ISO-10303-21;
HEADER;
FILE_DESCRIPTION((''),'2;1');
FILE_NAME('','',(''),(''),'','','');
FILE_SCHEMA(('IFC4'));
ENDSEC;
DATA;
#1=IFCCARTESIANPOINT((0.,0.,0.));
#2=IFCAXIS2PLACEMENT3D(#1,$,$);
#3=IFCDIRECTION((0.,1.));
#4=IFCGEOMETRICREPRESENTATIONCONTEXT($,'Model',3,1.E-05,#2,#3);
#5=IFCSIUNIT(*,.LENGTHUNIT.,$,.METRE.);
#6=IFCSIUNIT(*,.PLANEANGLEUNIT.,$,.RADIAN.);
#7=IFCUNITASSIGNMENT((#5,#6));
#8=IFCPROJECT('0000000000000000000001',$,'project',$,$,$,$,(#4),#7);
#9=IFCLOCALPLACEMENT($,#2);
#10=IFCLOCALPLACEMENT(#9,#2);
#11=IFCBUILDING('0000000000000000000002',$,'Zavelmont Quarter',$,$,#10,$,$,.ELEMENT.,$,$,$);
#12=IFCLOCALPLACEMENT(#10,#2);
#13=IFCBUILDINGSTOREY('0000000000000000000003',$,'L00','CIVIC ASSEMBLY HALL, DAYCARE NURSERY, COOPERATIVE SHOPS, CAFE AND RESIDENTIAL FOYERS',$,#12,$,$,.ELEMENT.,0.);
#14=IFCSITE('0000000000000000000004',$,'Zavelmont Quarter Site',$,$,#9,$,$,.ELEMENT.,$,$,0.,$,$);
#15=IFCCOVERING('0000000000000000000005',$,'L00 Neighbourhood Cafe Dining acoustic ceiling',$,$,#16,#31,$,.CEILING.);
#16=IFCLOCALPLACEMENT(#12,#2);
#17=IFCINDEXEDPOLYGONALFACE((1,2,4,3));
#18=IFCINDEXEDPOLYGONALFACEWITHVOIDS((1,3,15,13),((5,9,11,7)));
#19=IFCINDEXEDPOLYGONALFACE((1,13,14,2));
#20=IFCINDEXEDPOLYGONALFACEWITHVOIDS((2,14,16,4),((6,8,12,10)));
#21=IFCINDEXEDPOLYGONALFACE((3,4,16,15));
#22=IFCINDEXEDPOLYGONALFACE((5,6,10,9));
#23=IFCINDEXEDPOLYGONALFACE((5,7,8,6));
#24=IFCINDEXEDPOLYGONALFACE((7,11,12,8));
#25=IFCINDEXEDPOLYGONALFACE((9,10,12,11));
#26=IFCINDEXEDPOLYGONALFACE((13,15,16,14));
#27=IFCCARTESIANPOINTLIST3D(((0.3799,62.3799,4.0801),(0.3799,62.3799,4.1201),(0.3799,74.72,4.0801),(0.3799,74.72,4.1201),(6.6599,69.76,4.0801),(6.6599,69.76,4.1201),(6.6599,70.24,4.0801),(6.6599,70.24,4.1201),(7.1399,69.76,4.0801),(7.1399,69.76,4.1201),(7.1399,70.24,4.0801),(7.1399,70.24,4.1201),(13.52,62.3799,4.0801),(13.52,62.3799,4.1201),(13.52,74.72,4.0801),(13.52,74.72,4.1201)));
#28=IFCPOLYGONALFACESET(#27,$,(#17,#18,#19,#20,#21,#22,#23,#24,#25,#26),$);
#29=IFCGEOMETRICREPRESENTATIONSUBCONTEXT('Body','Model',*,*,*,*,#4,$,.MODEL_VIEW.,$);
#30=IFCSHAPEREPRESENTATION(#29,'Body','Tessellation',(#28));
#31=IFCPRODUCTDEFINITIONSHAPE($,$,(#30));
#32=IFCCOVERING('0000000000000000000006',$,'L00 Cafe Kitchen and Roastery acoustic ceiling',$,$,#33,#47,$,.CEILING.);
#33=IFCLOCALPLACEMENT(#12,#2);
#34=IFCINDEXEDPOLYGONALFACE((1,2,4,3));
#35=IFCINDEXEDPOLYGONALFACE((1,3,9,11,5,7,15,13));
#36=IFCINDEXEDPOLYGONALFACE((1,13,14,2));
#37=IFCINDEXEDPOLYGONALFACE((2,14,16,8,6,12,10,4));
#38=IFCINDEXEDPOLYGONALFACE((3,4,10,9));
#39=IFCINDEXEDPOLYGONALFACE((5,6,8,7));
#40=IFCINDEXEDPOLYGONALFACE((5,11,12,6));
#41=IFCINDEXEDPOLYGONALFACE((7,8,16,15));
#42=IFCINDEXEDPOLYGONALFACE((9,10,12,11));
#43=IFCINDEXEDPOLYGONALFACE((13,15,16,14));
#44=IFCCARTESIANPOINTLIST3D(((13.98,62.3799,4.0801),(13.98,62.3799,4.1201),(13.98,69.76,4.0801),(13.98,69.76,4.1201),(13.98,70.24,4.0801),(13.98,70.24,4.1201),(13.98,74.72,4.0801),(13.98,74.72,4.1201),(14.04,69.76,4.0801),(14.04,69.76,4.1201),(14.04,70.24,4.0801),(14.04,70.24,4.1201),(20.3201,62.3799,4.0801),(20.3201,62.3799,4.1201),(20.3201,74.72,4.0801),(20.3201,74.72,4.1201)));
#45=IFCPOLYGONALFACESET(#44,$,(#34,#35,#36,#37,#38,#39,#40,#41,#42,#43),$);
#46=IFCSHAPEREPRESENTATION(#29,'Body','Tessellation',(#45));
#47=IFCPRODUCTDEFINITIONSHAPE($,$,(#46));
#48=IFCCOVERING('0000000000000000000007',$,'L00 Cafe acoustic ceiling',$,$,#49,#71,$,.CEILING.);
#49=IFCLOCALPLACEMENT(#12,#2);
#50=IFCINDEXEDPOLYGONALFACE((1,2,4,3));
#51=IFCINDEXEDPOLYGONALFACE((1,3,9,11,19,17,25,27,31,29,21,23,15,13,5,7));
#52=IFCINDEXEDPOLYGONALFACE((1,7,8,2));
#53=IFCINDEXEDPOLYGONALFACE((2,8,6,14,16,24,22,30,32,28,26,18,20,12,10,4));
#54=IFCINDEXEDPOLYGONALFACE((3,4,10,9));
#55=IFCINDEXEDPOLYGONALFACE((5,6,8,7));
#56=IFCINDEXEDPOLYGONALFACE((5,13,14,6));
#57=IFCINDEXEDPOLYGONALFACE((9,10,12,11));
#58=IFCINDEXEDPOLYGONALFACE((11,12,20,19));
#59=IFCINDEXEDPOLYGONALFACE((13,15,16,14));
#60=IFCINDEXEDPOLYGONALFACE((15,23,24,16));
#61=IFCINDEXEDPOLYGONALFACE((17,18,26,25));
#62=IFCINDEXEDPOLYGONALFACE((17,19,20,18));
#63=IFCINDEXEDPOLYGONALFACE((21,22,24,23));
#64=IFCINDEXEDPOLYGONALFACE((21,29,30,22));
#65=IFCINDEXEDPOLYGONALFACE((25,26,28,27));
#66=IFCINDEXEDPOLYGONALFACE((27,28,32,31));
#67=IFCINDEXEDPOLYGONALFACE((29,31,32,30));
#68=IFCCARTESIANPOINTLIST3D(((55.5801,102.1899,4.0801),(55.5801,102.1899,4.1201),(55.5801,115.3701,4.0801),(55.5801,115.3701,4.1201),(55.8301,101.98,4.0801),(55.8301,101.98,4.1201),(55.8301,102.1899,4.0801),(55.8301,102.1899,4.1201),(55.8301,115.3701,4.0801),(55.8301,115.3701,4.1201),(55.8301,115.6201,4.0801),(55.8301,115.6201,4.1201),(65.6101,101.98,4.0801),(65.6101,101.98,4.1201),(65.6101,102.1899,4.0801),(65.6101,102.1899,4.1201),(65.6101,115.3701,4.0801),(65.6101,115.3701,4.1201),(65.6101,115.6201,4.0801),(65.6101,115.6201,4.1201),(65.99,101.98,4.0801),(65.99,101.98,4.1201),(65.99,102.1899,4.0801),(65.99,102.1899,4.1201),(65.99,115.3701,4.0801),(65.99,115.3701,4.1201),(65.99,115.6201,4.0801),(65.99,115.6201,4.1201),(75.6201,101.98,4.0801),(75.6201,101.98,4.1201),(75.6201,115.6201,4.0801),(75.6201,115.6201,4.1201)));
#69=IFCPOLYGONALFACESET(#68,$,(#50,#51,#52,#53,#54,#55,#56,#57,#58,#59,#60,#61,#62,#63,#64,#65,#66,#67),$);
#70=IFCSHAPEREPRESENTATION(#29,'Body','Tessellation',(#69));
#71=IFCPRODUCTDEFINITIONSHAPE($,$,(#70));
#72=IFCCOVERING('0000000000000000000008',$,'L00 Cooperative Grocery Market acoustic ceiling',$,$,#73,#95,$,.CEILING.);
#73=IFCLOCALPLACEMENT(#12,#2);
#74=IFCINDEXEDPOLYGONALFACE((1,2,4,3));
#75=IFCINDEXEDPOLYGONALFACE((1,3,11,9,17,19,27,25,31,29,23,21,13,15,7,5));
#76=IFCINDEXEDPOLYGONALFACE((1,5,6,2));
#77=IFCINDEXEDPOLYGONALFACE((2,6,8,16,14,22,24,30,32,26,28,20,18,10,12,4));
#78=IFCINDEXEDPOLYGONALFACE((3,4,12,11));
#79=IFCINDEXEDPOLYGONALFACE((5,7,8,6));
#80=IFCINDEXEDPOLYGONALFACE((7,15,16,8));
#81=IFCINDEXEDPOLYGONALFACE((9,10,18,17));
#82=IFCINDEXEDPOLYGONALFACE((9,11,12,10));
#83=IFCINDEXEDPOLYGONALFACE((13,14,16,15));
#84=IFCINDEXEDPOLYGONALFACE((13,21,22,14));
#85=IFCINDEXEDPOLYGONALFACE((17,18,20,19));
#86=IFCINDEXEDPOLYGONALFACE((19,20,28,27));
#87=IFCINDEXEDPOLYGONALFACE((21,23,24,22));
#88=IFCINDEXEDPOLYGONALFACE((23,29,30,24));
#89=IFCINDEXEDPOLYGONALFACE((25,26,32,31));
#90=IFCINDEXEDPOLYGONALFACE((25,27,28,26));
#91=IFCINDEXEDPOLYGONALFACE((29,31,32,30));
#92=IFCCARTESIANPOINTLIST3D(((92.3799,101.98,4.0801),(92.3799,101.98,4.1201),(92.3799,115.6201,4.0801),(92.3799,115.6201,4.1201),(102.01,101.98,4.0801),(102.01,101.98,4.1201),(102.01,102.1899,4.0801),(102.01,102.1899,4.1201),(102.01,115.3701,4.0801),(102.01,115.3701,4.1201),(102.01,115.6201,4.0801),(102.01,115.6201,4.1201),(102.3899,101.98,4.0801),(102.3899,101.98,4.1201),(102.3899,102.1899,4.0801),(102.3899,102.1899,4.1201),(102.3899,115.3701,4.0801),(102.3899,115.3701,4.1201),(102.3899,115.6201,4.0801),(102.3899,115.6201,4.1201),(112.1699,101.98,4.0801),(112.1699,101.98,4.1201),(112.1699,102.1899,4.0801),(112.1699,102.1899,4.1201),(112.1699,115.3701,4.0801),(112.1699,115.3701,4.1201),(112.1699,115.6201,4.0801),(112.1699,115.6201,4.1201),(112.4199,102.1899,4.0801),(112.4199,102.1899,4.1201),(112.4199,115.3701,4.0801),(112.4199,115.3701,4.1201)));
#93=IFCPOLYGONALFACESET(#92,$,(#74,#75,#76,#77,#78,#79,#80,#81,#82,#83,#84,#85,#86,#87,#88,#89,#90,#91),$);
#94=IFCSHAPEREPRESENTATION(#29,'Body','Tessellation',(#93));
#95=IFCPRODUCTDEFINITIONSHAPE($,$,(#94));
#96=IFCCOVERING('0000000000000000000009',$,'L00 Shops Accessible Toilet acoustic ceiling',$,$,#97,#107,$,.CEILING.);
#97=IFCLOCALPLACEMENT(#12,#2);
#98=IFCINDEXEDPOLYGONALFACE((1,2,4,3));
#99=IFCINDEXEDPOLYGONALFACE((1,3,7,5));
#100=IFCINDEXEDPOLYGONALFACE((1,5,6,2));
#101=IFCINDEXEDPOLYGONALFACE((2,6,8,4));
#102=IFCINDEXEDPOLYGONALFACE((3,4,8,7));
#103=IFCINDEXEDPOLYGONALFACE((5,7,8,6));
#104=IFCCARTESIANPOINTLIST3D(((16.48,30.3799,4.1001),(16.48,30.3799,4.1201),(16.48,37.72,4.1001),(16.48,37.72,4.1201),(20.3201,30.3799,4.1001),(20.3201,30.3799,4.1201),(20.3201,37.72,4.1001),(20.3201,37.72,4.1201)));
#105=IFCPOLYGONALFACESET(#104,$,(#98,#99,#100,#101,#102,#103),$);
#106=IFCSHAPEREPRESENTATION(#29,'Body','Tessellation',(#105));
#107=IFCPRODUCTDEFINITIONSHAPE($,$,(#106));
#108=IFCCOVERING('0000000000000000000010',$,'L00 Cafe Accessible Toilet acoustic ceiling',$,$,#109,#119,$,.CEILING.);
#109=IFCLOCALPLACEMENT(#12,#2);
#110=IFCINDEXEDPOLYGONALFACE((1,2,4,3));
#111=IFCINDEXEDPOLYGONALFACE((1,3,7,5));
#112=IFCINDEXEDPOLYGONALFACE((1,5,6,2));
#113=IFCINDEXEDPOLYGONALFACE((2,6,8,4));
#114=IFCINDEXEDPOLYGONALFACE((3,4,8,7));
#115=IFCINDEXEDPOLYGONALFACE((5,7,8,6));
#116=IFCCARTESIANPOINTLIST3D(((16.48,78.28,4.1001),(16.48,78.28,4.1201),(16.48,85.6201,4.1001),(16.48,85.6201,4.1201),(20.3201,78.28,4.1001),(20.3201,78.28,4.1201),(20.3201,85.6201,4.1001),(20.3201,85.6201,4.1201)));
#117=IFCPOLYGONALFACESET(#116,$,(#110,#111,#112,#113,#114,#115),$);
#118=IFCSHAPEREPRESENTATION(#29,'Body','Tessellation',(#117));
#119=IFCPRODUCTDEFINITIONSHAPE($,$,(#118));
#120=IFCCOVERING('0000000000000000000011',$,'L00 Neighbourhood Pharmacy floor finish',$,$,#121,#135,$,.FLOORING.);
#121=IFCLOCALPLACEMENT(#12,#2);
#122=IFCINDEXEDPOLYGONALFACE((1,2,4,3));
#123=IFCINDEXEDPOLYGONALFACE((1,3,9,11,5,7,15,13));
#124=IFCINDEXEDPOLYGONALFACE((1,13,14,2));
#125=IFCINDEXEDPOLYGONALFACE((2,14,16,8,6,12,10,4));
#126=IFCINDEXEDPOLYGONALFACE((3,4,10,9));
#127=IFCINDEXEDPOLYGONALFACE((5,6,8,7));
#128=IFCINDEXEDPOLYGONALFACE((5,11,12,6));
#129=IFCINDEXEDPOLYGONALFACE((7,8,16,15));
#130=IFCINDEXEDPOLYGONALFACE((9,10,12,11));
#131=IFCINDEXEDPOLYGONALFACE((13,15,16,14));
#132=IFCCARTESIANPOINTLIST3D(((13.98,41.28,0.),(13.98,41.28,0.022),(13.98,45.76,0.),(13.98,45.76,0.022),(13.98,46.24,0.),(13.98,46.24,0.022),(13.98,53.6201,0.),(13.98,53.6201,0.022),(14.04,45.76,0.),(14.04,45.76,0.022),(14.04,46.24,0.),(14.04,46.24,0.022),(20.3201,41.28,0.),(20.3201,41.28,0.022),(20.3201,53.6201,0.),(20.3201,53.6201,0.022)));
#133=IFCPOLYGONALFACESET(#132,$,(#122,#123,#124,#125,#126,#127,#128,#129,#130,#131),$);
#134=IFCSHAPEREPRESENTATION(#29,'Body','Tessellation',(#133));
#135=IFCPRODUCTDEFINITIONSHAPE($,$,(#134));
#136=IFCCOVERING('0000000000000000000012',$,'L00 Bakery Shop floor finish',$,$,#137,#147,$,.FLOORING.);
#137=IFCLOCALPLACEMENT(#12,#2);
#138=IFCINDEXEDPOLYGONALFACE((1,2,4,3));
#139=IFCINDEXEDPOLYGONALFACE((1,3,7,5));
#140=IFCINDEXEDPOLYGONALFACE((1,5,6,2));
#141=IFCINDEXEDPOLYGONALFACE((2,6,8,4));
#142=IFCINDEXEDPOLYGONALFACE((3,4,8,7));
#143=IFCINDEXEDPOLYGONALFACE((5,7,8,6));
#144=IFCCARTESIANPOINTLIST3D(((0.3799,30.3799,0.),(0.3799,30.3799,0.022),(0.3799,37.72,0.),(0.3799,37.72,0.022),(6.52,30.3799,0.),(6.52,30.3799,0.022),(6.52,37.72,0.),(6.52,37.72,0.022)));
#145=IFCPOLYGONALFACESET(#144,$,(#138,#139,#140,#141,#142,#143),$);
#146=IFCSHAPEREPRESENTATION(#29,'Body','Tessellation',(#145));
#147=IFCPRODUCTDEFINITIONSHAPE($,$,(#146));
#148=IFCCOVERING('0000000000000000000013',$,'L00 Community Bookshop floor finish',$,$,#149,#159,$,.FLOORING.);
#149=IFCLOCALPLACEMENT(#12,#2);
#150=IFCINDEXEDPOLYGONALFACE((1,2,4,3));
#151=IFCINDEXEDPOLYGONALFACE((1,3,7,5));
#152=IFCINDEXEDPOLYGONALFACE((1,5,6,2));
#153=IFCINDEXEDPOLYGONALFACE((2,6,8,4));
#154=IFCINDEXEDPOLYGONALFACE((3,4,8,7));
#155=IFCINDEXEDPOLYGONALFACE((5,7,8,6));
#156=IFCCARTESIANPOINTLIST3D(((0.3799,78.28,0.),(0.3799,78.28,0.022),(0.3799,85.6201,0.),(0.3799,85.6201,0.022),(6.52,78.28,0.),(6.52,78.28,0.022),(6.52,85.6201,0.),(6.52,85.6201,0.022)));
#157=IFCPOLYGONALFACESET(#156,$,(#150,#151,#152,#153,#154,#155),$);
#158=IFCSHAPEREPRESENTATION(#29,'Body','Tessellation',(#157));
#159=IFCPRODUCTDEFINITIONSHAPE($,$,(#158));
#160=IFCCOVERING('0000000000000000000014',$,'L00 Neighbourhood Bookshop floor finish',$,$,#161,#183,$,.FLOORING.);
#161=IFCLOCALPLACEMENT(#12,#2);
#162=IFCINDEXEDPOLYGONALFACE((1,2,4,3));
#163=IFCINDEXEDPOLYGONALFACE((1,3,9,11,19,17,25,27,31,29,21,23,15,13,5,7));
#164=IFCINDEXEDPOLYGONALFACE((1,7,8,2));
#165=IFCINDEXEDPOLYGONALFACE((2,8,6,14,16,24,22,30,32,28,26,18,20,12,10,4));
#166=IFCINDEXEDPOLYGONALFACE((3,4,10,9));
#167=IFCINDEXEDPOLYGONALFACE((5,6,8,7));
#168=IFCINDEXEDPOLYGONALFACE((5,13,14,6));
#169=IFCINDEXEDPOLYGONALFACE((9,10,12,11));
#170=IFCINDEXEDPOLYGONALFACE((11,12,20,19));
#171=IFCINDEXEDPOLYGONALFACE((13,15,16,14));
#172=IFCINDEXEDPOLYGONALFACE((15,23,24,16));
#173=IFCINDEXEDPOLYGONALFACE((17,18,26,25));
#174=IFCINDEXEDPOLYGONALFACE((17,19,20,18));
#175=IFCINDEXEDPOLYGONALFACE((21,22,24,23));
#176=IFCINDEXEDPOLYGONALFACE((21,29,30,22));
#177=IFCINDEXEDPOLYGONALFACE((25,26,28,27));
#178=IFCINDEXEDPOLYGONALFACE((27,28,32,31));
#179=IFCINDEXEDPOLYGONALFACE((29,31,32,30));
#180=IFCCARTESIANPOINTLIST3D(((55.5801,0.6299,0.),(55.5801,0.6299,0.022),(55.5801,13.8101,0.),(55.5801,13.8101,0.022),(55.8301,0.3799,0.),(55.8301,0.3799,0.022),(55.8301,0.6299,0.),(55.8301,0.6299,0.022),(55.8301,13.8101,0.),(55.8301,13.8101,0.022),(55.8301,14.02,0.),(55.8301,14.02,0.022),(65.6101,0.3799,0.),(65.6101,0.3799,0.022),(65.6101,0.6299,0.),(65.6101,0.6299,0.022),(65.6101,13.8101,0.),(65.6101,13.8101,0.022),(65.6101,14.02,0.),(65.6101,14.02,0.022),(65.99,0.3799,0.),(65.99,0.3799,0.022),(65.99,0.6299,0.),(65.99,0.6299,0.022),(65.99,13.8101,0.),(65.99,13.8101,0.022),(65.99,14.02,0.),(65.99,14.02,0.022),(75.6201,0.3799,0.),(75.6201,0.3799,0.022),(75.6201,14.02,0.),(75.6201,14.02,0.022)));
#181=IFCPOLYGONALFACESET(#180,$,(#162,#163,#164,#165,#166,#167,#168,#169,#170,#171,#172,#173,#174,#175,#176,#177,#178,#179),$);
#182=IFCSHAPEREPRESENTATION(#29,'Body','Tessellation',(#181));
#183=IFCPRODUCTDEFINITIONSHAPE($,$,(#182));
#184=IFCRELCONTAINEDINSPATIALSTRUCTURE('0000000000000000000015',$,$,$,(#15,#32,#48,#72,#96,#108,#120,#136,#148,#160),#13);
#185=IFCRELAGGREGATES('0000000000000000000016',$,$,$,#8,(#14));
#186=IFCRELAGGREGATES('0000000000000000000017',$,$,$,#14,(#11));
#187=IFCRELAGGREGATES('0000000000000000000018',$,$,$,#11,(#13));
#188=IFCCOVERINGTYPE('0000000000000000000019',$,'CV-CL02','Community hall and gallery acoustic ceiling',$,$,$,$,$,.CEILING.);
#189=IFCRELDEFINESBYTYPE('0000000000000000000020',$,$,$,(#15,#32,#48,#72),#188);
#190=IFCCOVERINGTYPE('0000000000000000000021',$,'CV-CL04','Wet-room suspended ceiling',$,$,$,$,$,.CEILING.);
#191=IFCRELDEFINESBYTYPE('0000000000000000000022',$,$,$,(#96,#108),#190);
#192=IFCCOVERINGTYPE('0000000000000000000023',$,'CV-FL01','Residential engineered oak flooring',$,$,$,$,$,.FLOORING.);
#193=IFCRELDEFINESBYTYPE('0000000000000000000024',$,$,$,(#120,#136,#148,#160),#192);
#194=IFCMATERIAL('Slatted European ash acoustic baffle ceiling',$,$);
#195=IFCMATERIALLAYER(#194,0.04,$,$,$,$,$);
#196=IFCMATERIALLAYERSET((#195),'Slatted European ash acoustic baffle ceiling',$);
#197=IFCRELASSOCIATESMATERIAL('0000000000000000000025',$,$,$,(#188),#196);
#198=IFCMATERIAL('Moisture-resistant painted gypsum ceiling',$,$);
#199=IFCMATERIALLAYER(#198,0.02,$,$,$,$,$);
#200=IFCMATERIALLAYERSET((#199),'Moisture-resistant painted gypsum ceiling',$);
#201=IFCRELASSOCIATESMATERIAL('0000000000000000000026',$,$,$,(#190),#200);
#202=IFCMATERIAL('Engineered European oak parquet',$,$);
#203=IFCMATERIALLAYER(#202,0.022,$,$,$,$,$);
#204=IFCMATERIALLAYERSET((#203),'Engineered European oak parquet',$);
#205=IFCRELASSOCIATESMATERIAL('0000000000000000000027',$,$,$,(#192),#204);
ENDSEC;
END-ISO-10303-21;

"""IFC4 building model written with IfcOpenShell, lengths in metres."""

from ifc_helpers import new_model, si_unit, direction, frame, origin, place, context, subcontext, project, spatial, polyline, outline, extrude, material, layer, layer_set, type_object, element, save


model = new_model("IFC4")

# Units and contexts
model_context = context("Model", 3, precision=1e-05, world=origin(), true_north=direction((0.0, 1.0)))
body_context = subcontext(model_context, "Body", "Model", "MODEL_VIEW")
ifc_project = project(units=[si_unit("LENGTHUNIT", "METRE"), si_unit("PLANEANGLEUNIT", "RADIAN")], contexts=[model_context])

# Site, building, storey
site_placement = place(None, origin())
site = spatial("IfcSite", under=ifc_project, at=site_placement, Name="Zavelmont Quarter Site", CompositionType="ELEMENT", RefElevation=0.0)
building_placement = place(site_placement, origin())
building = spatial("IfcBuilding", under=site, at=building_placement, Name="Zavelmont Quarter", CompositionType="ELEMENT")
storey_placement = place(building_placement, origin())
storey = spatial("IfcBuildingStorey", under=building, at=storey_placement, Name="L00", Description="CIVIC ASSEMBLY HALL, DAYCARE NURSERY, COOPERATIVE SHOPS, CAFE AND RESIDENTIAL FOYERS", CompositionType="ELEMENT", Elevation=0.0)

# Coverings
ifc_material_1 = material(Name="Slatted European ash acoustic baffle ceiling")
ifc_layer_1 = layer(ifc_material_1, 0.04)
ifc_layer_set_1 = layer_set([ifc_layer_1], Name="Slatted European ash acoustic baffle ceiling")
covering_type_1 = type_object("IfcCoveringType", Name="CV-CL02", Description="Community hall and gallery acoustic ceiling", PredefinedType="CEILING", material=ifc_layer_set_1)
covering_1_placement = place(storey_placement, frame((0.0, 0.0, 4.0801)))
element("IfcCovering", 1, at=covering_1_placement, inside=storey, type_object=covering_type_1, Name="L00 Neighbourhood Cafe Dining acoustic ceiling", PredefinedType="CEILING", context=body_context, shape_type="SweptSolid", body=[
    extrude(outline(polyline([(0.3799, 74.72), (13.52, 74.72), (13.52, 62.3799), (0.3799, 62.3799), (0.3799, 74.72)]), holes=[polyline([(7.1399, 70.24), (6.6599, 70.24), (6.6599, 69.76), (7.1399, 69.76), (7.1399, 70.24)])]), origin(), (0.0, 0.0, 1.0), 0.04),
])
covering_2_placement = place(storey_placement, frame((0.0, 0.0, 4.0801)))
element("IfcCovering", 2, at=covering_2_placement, inside=storey, type_object=covering_type_1, Name="L00 Cafe Kitchen and Roastery acoustic ceiling", PredefinedType="CEILING", context=body_context, shape_type="SweptSolid", body=[
    extrude(outline(polyline([(13.98, 69.76), (14.04, 69.76), (14.04, 70.24), (13.98, 70.24), (13.98, 74.72), (20.3201, 74.72), (20.3201, 62.3799), (13.98, 62.3799), (13.98, 69.76)])), origin(), (0.0, 0.0, 1.0), 0.04),
])
covering_3_placement = place(storey_placement, frame((0.0, 0.0, 4.0801)))
element("IfcCovering", 3, at=covering_3_placement, inside=storey, type_object=covering_type_1, Name="L00 Cafe acoustic ceiling", PredefinedType="CEILING", context=body_context, shape_type="SweptSolid", body=[
    extrude(outline(polyline([(55.5801, 115.3701), (55.8301, 115.3701), (55.8301, 115.6201), (65.6101, 115.6201), (65.6101, 115.3701), (65.99, 115.3701), (65.99, 115.6201), (75.6201, 115.6201), (75.6201, 101.98), (65.99, 101.98), (65.99, 102.1899), (65.6101, 102.1899), (65.6101, 101.98), (55.8301, 101.98), (55.8301, 102.1899), (55.5801, 102.1899), (55.5801, 115.3701)])), origin(), (0.0, 0.0, 1.0), 0.04),
])
covering_4_placement = place(storey_placement, frame((0.0, 0.0, 4.0801)))
element("IfcCovering", 4, at=covering_4_placement, inside=storey, type_object=covering_type_1, Name="L00 Cooperative Grocery Market acoustic ceiling", PredefinedType="CEILING", context=body_context, shape_type="SweptSolid", body=[
    extrude(outline(polyline([(92.3799, 115.6201), (102.01, 115.6201), (102.01, 115.3701), (102.3899, 115.3701), (102.3899, 115.6201), (112.1699, 115.6201), (112.1699, 115.3701), (112.4199, 115.3701), (112.4199, 102.1899), (112.1699, 102.1899), (112.1699, 101.98), (102.3899, 101.98), (102.3899, 102.1899), (102.01, 102.1899), (102.01, 101.98), (92.3799, 101.98), (92.3799, 115.6201)])), origin(), (0.0, 0.0, 1.0), 0.04),
])
ifc_material_2 = material(Name="Moisture-resistant painted gypsum ceiling")
ifc_layer_2 = layer(ifc_material_2, 0.02)
ifc_layer_set_2 = layer_set([ifc_layer_2], Name="Moisture-resistant painted gypsum ceiling")
covering_type_2 = type_object("IfcCoveringType", Name="CV-CL04", Description="Wet-room suspended ceiling", PredefinedType="CEILING", material=ifc_layer_set_2)
covering_5_placement = place(storey_placement, frame((0.0, 0.0, 4.1001)))
element("IfcCovering", 5, at=covering_5_placement, inside=storey, type_object=covering_type_2, Name="L00 Shops Accessible Toilet acoustic ceiling", PredefinedType="CEILING", context=body_context, shape_type="SweptSolid", body=[
    extrude(outline(polyline([(16.48, 37.72), (20.3201, 37.72), (20.3201, 30.3799), (16.48, 30.3799), (16.48, 37.72)])), origin(), (0.0, 0.0, 1.0), 0.02),
])
covering_6_placement = place(storey_placement, frame((0.0, 0.0, 4.1001)))
element("IfcCovering", 6, at=covering_6_placement, inside=storey, type_object=covering_type_2, Name="L00 Cafe Accessible Toilet acoustic ceiling", PredefinedType="CEILING", context=body_context, shape_type="SweptSolid", body=[
    extrude(outline(polyline([(16.48, 85.6201), (20.3201, 85.6201), (20.3201, 78.28), (16.48, 78.28), (16.48, 85.6201)])), origin(), (0.0, 0.0, 1.0), 0.02),
])
ifc_material_3 = material(Name="Engineered European oak parquet")
ifc_layer_3 = layer(ifc_material_3, 0.022)
ifc_layer_set_3 = layer_set([ifc_layer_3], Name="Engineered European oak parquet")
covering_type_3 = type_object("IfcCoveringType", Name="CV-FL01", Description="Residential engineered oak flooring", PredefinedType="FLOORING", material=ifc_layer_set_3)
covering_7_placement = place(storey_placement, origin())
element("IfcCovering", 7, at=covering_7_placement, inside=storey, type_object=covering_type_3, Name="L00 Neighbourhood Pharmacy floor finish", PredefinedType="FLOORING", context=body_context, shape_type="SweptSolid", body=[
    extrude(outline(polyline([(13.98, 45.76), (14.04, 45.76), (14.04, 46.24), (13.98, 46.24), (13.98, 53.6201), (20.3201, 53.6201), (20.3201, 41.28), (13.98, 41.28), (13.98, 45.76)])), origin(), (0.0, 0.0, 1.0), 0.022),
])
covering_8_placement = place(storey_placement, origin())
element("IfcCovering", 8, at=covering_8_placement, inside=storey, type_object=covering_type_3, Name="L00 Bakery Shop floor finish", PredefinedType="FLOORING", context=body_context, shape_type="SweptSolid", body=[
    extrude(outline(polyline([(0.3799, 37.72), (6.52, 37.72), (6.52, 30.3799), (0.3799, 30.3799), (0.3799, 37.72)])), origin(), (0.0, 0.0, 1.0), 0.022),
])
covering_9_placement = place(storey_placement, origin())
element("IfcCovering", 9, at=covering_9_placement, inside=storey, type_object=covering_type_3, Name="L00 Community Bookshop floor finish", PredefinedType="FLOORING", context=body_context, shape_type="SweptSolid", body=[
    extrude(outline(polyline([(0.3799, 85.6201), (6.52, 85.6201), (6.52, 78.28), (0.3799, 78.28), (0.3799, 85.6201)])), origin(), (0.0, 0.0, 1.0), 0.022),
])
covering_10_placement = place(storey_placement, origin())
element("IfcCovering", 10, at=covering_10_placement, inside=storey, type_object=covering_type_3, Name="L00 Neighbourhood Bookshop floor finish", PredefinedType="FLOORING", context=body_context, shape_type="SweptSolid", body=[
    extrude(outline(polyline([(55.5801, 13.8101), (55.8301, 13.8101), (55.8301, 14.02), (65.6101, 14.02), (65.6101, 13.8101), (65.99, 13.8101), (65.99, 14.02), (75.6201, 14.02), (75.6201, 0.3799), (65.99, 0.3799), (65.99, 0.6299), (65.6101, 0.6299), (65.6101, 0.3799), (55.8301, 0.3799), (55.8301, 0.6299), (55.5801, 0.6299), (55.5801, 13.8101)])), origin(), (0.0, 0.0, 1.0), 0.022),
])

save(model, "model.ifc")
